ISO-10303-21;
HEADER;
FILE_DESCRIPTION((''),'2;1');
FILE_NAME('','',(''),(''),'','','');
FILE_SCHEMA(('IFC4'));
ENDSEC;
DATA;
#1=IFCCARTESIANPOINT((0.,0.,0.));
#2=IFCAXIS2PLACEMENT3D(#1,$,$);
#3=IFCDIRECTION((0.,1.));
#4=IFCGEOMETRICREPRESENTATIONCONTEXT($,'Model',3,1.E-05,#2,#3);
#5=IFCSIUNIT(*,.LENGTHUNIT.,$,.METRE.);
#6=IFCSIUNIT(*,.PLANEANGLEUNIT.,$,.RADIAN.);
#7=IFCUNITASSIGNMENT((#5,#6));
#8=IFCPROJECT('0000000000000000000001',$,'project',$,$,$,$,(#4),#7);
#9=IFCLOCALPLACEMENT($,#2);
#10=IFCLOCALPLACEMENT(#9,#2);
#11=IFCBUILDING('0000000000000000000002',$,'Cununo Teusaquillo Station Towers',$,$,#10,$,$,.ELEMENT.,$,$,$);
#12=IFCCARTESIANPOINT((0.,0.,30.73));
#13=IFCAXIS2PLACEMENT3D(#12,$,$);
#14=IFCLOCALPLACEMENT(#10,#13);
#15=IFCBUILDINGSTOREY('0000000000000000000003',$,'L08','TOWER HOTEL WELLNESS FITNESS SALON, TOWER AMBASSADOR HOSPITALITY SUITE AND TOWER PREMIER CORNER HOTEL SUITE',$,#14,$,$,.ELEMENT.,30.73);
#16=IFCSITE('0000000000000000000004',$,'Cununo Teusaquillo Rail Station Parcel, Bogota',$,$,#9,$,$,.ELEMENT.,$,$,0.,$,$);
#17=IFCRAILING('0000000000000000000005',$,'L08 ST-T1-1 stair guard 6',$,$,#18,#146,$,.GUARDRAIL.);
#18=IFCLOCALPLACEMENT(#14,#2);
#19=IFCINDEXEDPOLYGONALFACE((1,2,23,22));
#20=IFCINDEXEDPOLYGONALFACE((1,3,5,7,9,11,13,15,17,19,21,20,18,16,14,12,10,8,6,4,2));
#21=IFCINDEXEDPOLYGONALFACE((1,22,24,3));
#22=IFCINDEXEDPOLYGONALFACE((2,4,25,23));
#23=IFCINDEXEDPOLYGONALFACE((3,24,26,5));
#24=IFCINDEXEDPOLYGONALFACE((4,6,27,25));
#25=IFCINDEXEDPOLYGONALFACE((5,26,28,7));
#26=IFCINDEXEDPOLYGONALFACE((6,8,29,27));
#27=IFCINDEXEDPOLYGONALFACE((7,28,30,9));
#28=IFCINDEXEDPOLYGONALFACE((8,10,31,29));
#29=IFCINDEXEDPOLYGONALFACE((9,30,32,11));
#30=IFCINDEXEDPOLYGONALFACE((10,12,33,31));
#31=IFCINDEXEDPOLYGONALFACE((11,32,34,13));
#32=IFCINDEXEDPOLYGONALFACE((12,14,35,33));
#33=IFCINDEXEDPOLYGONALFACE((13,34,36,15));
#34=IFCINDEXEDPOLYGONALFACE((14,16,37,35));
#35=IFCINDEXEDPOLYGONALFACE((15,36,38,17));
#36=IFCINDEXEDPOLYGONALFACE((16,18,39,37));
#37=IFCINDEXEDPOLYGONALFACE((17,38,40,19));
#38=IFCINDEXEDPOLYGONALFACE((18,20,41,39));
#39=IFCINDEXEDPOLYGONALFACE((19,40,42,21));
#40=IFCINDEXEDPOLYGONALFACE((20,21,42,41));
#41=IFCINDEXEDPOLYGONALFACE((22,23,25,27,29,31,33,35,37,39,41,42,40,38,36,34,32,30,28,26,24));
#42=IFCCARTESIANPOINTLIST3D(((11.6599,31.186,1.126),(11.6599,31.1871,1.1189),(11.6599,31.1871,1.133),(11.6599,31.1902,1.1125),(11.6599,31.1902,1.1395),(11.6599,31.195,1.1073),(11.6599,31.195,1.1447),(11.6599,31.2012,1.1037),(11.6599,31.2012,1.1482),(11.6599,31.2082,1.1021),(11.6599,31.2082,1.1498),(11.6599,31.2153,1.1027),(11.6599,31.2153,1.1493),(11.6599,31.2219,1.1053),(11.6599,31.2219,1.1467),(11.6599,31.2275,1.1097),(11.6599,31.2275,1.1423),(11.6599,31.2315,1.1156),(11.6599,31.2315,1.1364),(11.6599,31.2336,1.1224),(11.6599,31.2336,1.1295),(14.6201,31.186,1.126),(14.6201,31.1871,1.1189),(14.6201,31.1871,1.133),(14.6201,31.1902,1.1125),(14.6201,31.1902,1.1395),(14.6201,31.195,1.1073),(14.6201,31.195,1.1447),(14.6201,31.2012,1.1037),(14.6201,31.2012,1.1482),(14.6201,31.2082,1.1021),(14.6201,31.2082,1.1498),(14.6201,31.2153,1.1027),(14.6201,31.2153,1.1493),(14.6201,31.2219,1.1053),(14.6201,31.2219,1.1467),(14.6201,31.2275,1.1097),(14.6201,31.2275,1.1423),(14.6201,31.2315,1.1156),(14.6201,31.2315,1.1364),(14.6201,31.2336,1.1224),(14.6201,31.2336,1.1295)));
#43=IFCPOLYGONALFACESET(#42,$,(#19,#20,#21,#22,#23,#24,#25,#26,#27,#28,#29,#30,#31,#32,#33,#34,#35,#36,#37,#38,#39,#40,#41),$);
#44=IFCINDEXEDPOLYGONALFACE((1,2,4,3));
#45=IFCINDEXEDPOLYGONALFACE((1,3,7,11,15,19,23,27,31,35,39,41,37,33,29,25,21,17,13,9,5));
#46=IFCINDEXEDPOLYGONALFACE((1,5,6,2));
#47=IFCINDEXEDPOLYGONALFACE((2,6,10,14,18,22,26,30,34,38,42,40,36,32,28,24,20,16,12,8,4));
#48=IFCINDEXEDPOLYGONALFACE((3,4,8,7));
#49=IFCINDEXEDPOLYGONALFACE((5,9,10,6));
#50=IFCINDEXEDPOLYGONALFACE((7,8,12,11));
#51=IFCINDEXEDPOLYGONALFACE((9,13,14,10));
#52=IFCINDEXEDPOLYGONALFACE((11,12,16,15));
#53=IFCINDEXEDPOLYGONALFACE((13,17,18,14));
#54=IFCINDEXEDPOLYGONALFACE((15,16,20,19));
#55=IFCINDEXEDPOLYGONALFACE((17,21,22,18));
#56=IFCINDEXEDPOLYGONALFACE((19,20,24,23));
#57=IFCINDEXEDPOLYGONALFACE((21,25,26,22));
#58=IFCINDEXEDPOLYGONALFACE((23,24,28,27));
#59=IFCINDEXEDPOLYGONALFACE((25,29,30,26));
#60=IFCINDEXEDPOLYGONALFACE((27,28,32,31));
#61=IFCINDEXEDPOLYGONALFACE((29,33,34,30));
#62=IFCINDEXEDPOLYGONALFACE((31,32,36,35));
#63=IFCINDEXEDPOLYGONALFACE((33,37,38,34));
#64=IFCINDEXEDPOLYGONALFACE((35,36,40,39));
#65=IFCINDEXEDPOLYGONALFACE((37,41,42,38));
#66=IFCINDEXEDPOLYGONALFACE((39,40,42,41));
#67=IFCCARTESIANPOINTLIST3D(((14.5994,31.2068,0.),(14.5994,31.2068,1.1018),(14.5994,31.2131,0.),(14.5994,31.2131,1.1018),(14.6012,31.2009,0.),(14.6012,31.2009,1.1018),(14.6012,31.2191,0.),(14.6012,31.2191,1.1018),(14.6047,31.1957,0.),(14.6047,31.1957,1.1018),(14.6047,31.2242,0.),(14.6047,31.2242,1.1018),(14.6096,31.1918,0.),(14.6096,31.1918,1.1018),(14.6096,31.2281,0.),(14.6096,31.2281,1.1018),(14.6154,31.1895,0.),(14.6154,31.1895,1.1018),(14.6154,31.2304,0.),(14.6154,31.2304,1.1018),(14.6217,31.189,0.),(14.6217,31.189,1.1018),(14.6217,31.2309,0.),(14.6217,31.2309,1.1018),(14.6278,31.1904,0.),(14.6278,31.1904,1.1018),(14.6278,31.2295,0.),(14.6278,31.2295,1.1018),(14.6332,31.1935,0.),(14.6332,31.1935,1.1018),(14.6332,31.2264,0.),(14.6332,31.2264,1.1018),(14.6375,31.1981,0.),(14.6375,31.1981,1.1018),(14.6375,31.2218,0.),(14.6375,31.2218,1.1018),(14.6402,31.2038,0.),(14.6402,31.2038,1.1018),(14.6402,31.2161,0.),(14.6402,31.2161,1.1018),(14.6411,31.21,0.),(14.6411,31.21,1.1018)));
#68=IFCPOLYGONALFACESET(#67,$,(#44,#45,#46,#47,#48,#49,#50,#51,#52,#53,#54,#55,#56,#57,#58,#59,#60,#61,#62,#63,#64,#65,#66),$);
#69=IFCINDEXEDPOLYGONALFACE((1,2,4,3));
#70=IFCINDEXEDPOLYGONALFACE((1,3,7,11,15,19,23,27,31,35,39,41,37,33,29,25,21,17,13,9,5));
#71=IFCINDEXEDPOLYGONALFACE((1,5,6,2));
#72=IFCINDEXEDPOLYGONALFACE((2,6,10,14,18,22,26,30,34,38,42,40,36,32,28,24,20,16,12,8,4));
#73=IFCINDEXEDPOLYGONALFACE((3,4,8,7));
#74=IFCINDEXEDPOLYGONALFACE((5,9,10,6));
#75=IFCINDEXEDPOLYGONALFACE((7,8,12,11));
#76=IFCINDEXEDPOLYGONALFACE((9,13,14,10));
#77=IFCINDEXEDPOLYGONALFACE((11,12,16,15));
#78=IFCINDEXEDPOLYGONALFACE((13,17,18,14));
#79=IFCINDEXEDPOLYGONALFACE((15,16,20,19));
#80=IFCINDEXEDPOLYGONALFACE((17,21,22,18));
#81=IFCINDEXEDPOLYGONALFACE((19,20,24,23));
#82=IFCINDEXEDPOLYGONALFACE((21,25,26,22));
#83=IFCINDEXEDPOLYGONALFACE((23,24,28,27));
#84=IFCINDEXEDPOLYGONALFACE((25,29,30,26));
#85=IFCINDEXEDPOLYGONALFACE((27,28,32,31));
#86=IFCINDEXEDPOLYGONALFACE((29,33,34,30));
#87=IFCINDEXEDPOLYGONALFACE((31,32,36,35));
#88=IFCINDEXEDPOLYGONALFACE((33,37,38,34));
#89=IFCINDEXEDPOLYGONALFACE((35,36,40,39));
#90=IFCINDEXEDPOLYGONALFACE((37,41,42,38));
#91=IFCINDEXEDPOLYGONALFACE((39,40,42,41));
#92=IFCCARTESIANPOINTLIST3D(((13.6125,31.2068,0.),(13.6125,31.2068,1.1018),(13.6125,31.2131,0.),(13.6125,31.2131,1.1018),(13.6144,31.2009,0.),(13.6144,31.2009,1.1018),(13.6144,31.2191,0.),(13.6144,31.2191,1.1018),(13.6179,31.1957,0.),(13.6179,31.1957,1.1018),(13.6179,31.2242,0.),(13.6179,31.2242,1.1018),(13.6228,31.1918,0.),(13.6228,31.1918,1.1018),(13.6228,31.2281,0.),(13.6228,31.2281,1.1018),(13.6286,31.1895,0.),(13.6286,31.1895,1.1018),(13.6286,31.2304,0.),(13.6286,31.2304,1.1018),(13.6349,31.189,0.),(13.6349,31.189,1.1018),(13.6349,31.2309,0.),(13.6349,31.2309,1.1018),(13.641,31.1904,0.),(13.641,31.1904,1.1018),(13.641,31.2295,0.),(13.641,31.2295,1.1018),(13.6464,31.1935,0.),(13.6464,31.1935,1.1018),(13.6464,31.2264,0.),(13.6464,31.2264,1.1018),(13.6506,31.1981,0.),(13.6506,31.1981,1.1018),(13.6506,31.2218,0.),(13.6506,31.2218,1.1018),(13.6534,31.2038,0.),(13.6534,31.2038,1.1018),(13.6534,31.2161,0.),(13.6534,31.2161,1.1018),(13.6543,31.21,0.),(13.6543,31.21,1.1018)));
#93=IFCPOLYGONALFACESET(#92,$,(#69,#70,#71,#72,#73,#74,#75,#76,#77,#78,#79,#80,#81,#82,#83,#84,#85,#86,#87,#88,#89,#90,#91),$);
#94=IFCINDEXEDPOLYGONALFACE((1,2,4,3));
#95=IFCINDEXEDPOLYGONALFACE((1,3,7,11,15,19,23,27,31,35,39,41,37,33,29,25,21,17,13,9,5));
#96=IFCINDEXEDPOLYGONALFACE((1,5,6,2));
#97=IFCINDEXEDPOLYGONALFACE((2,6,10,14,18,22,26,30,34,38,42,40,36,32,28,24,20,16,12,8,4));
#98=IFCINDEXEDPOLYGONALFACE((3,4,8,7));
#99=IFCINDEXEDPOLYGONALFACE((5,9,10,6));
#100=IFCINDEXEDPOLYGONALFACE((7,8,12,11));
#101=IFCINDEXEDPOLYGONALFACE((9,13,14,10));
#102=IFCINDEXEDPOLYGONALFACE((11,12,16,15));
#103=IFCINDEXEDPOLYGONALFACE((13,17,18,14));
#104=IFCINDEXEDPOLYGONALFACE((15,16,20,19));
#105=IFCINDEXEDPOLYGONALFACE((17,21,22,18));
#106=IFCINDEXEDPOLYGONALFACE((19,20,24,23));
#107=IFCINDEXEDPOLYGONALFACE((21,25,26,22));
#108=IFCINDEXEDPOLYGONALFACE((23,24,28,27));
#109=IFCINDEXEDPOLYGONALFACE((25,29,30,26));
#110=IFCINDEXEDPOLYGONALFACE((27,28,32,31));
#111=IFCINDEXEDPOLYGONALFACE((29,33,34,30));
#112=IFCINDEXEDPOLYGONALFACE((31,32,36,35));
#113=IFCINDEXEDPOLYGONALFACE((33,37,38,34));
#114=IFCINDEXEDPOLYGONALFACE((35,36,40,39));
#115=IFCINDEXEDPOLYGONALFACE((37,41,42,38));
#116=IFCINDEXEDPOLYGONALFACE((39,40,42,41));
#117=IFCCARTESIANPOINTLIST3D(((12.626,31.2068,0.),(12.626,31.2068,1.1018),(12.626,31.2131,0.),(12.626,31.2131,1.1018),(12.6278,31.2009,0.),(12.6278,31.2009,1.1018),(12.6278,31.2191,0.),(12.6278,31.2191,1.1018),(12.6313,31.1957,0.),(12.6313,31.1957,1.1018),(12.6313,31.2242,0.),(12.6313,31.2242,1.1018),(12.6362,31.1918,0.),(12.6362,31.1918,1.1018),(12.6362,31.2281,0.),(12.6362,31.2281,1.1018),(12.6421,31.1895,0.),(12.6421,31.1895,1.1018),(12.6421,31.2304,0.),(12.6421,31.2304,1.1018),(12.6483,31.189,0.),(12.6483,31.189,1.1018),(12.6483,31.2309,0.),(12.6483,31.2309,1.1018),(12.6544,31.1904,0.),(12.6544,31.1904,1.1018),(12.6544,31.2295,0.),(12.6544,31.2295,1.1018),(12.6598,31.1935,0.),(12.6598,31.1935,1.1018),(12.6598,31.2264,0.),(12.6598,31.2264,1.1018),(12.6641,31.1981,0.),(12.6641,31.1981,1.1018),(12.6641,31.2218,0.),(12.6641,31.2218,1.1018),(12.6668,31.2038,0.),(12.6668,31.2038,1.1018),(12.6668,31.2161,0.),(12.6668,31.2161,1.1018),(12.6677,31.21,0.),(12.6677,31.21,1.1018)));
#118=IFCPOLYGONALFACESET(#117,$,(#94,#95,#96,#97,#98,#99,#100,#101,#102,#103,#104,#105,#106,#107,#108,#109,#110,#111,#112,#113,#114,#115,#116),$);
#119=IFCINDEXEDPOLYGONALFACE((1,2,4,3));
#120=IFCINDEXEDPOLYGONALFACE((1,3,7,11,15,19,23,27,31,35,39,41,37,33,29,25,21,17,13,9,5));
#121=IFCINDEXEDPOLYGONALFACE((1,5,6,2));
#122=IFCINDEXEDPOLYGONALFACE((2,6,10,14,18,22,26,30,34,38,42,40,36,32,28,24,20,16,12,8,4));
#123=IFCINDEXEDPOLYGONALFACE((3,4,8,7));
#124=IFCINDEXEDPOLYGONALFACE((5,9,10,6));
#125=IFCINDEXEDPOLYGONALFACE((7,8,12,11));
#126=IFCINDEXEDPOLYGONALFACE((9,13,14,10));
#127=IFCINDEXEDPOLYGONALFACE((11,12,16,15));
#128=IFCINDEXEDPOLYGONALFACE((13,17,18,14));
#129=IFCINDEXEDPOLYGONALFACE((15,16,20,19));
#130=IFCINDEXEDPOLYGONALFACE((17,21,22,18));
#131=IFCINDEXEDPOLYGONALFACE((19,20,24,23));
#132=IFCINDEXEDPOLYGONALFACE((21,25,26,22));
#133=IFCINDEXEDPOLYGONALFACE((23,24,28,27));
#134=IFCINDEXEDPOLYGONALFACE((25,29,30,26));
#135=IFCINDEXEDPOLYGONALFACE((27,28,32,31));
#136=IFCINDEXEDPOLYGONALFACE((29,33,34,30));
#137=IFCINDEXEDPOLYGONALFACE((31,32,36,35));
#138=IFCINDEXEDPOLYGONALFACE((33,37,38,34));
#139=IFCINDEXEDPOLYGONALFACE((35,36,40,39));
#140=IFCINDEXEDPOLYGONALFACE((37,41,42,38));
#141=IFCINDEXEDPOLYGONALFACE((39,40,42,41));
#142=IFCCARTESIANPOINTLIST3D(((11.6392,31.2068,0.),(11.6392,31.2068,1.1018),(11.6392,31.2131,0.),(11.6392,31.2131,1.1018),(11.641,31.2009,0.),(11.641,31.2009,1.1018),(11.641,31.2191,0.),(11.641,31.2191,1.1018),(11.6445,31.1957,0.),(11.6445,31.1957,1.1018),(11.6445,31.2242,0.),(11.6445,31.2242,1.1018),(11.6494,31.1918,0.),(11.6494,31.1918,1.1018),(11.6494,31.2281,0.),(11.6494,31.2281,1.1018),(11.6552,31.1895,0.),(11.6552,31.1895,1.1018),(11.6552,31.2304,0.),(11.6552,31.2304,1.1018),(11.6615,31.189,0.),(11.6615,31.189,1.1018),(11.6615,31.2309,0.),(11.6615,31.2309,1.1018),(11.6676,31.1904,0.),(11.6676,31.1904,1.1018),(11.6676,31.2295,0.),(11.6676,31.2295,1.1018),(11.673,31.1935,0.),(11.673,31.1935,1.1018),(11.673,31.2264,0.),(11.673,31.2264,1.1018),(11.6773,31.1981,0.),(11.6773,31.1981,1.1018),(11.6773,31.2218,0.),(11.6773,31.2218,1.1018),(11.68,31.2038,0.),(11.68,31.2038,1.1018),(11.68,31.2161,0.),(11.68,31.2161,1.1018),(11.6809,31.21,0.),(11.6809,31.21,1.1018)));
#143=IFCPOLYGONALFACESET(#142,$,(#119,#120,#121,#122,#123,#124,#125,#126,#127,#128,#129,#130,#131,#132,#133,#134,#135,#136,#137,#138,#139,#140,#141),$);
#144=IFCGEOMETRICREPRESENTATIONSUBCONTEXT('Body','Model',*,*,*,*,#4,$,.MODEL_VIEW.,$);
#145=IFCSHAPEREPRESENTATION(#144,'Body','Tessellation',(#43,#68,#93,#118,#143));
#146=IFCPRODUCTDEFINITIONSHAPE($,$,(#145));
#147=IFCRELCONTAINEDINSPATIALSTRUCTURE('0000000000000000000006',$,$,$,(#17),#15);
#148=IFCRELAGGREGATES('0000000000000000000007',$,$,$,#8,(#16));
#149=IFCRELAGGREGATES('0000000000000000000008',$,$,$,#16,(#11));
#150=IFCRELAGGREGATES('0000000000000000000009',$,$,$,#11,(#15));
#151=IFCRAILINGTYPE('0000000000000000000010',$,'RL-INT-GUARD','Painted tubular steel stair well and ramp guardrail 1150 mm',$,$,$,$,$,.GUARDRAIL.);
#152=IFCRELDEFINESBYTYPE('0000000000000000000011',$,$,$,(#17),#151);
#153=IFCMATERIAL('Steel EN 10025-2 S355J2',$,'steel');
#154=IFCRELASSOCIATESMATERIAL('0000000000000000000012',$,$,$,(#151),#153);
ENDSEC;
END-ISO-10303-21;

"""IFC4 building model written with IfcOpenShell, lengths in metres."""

from ifc_helpers import new_model, si_unit, direction, frame, origin, origin_2d, place, context, subcontext, project, spatial, circle, extrude, material, type_object, element, save


model = new_model("IFC4")

# Units and contexts
model_context = context("Model", 3, precision=1e-05, world=origin(), true_north=direction((0.0, 1.0)))
body_context = subcontext(model_context, "Body", "Model", "MODEL_VIEW")
ifc_project = project(units=[si_unit("LENGTHUNIT", "METRE"), si_unit("PLANEANGLEUNIT", "RADIAN")], contexts=[model_context])

# Site, building, storey
site_placement = place(None, origin())
site = spatial("IfcSite", under=ifc_project, at=site_placement, Name="Cununo Teusaquillo Rail Station Parcel, Bogota", CompositionType="ELEMENT", RefElevation=0.0)
building_placement = place(site_placement, origin())
building = spatial("IfcBuilding", under=site, at=building_placement, Name="Cununo Teusaquillo Station Towers", CompositionType="ELEMENT")
storey_placement = place(building_placement, frame((0.0, 0.0, 30.73)))
storey = spatial("IfcBuildingStorey", under=building, at=storey_placement, Name="L08", Description="TOWER HOTEL WELLNESS FITNESS SALON, TOWER AMBASSADOR HOSPITALITY SUITE AND TOWER PREMIER CORNER HOTEL SUITE", CompositionType="ELEMENT", Elevation=30.73)

# Railing
ifc_material_1 = material(Name="Steel EN 10025-2 S355J2", Category="steel")
railing_type_1 = type_object("IfcRailingType", Name="RL-INT-GUARD", Description="Painted tubular steel stair well and ramp guardrail 1150 mm", PredefinedType="GUARDRAIL", material=ifc_material_1)
railing_1_placement = place(storey_placement, frame((14.6201, 31.21, 0.0)))
element("IfcRailing", 1, at=railing_1_placement, inside=storey, type_object=railing_type_1, Name="L08 ST-T1-1 stair guard 6", PredefinedType="GUARDRAIL", context=body_context, shape_type="SweptSolid", body=[
    extrude(circle(Radius=0.0239, at=origin_2d()), frame((0.0, 0.0, 1.126), z_axis=(-1.0, 0.0, 0.0), x_axis=(0.0, -1.0, 0.0)), (0.0, 0.0, 1.0), 2.9602),
    extrude(circle(Radius=0.021, at=origin_2d()), origin(), (0.0, 0.0, 1.0), 1.1018),
    extrude(circle(Radius=0.021, at=origin_2d()), frame((-0.9868, 0.0, 0.0)), (0.0, 0.0, 1.0), 1.1018),
    extrude(circle(Radius=0.021, at=origin_2d()), frame((-1.9734, 0.0, 0.0)), (0.0, 0.0, 1.0), 1.1018),
    extrude(circle(Radius=0.021, at=origin_2d()), frame((-2.9602, 0.0, 0.0)), (0.0, 0.0, 1.0), 1.1018),
])

save(model, "model.ifc")
